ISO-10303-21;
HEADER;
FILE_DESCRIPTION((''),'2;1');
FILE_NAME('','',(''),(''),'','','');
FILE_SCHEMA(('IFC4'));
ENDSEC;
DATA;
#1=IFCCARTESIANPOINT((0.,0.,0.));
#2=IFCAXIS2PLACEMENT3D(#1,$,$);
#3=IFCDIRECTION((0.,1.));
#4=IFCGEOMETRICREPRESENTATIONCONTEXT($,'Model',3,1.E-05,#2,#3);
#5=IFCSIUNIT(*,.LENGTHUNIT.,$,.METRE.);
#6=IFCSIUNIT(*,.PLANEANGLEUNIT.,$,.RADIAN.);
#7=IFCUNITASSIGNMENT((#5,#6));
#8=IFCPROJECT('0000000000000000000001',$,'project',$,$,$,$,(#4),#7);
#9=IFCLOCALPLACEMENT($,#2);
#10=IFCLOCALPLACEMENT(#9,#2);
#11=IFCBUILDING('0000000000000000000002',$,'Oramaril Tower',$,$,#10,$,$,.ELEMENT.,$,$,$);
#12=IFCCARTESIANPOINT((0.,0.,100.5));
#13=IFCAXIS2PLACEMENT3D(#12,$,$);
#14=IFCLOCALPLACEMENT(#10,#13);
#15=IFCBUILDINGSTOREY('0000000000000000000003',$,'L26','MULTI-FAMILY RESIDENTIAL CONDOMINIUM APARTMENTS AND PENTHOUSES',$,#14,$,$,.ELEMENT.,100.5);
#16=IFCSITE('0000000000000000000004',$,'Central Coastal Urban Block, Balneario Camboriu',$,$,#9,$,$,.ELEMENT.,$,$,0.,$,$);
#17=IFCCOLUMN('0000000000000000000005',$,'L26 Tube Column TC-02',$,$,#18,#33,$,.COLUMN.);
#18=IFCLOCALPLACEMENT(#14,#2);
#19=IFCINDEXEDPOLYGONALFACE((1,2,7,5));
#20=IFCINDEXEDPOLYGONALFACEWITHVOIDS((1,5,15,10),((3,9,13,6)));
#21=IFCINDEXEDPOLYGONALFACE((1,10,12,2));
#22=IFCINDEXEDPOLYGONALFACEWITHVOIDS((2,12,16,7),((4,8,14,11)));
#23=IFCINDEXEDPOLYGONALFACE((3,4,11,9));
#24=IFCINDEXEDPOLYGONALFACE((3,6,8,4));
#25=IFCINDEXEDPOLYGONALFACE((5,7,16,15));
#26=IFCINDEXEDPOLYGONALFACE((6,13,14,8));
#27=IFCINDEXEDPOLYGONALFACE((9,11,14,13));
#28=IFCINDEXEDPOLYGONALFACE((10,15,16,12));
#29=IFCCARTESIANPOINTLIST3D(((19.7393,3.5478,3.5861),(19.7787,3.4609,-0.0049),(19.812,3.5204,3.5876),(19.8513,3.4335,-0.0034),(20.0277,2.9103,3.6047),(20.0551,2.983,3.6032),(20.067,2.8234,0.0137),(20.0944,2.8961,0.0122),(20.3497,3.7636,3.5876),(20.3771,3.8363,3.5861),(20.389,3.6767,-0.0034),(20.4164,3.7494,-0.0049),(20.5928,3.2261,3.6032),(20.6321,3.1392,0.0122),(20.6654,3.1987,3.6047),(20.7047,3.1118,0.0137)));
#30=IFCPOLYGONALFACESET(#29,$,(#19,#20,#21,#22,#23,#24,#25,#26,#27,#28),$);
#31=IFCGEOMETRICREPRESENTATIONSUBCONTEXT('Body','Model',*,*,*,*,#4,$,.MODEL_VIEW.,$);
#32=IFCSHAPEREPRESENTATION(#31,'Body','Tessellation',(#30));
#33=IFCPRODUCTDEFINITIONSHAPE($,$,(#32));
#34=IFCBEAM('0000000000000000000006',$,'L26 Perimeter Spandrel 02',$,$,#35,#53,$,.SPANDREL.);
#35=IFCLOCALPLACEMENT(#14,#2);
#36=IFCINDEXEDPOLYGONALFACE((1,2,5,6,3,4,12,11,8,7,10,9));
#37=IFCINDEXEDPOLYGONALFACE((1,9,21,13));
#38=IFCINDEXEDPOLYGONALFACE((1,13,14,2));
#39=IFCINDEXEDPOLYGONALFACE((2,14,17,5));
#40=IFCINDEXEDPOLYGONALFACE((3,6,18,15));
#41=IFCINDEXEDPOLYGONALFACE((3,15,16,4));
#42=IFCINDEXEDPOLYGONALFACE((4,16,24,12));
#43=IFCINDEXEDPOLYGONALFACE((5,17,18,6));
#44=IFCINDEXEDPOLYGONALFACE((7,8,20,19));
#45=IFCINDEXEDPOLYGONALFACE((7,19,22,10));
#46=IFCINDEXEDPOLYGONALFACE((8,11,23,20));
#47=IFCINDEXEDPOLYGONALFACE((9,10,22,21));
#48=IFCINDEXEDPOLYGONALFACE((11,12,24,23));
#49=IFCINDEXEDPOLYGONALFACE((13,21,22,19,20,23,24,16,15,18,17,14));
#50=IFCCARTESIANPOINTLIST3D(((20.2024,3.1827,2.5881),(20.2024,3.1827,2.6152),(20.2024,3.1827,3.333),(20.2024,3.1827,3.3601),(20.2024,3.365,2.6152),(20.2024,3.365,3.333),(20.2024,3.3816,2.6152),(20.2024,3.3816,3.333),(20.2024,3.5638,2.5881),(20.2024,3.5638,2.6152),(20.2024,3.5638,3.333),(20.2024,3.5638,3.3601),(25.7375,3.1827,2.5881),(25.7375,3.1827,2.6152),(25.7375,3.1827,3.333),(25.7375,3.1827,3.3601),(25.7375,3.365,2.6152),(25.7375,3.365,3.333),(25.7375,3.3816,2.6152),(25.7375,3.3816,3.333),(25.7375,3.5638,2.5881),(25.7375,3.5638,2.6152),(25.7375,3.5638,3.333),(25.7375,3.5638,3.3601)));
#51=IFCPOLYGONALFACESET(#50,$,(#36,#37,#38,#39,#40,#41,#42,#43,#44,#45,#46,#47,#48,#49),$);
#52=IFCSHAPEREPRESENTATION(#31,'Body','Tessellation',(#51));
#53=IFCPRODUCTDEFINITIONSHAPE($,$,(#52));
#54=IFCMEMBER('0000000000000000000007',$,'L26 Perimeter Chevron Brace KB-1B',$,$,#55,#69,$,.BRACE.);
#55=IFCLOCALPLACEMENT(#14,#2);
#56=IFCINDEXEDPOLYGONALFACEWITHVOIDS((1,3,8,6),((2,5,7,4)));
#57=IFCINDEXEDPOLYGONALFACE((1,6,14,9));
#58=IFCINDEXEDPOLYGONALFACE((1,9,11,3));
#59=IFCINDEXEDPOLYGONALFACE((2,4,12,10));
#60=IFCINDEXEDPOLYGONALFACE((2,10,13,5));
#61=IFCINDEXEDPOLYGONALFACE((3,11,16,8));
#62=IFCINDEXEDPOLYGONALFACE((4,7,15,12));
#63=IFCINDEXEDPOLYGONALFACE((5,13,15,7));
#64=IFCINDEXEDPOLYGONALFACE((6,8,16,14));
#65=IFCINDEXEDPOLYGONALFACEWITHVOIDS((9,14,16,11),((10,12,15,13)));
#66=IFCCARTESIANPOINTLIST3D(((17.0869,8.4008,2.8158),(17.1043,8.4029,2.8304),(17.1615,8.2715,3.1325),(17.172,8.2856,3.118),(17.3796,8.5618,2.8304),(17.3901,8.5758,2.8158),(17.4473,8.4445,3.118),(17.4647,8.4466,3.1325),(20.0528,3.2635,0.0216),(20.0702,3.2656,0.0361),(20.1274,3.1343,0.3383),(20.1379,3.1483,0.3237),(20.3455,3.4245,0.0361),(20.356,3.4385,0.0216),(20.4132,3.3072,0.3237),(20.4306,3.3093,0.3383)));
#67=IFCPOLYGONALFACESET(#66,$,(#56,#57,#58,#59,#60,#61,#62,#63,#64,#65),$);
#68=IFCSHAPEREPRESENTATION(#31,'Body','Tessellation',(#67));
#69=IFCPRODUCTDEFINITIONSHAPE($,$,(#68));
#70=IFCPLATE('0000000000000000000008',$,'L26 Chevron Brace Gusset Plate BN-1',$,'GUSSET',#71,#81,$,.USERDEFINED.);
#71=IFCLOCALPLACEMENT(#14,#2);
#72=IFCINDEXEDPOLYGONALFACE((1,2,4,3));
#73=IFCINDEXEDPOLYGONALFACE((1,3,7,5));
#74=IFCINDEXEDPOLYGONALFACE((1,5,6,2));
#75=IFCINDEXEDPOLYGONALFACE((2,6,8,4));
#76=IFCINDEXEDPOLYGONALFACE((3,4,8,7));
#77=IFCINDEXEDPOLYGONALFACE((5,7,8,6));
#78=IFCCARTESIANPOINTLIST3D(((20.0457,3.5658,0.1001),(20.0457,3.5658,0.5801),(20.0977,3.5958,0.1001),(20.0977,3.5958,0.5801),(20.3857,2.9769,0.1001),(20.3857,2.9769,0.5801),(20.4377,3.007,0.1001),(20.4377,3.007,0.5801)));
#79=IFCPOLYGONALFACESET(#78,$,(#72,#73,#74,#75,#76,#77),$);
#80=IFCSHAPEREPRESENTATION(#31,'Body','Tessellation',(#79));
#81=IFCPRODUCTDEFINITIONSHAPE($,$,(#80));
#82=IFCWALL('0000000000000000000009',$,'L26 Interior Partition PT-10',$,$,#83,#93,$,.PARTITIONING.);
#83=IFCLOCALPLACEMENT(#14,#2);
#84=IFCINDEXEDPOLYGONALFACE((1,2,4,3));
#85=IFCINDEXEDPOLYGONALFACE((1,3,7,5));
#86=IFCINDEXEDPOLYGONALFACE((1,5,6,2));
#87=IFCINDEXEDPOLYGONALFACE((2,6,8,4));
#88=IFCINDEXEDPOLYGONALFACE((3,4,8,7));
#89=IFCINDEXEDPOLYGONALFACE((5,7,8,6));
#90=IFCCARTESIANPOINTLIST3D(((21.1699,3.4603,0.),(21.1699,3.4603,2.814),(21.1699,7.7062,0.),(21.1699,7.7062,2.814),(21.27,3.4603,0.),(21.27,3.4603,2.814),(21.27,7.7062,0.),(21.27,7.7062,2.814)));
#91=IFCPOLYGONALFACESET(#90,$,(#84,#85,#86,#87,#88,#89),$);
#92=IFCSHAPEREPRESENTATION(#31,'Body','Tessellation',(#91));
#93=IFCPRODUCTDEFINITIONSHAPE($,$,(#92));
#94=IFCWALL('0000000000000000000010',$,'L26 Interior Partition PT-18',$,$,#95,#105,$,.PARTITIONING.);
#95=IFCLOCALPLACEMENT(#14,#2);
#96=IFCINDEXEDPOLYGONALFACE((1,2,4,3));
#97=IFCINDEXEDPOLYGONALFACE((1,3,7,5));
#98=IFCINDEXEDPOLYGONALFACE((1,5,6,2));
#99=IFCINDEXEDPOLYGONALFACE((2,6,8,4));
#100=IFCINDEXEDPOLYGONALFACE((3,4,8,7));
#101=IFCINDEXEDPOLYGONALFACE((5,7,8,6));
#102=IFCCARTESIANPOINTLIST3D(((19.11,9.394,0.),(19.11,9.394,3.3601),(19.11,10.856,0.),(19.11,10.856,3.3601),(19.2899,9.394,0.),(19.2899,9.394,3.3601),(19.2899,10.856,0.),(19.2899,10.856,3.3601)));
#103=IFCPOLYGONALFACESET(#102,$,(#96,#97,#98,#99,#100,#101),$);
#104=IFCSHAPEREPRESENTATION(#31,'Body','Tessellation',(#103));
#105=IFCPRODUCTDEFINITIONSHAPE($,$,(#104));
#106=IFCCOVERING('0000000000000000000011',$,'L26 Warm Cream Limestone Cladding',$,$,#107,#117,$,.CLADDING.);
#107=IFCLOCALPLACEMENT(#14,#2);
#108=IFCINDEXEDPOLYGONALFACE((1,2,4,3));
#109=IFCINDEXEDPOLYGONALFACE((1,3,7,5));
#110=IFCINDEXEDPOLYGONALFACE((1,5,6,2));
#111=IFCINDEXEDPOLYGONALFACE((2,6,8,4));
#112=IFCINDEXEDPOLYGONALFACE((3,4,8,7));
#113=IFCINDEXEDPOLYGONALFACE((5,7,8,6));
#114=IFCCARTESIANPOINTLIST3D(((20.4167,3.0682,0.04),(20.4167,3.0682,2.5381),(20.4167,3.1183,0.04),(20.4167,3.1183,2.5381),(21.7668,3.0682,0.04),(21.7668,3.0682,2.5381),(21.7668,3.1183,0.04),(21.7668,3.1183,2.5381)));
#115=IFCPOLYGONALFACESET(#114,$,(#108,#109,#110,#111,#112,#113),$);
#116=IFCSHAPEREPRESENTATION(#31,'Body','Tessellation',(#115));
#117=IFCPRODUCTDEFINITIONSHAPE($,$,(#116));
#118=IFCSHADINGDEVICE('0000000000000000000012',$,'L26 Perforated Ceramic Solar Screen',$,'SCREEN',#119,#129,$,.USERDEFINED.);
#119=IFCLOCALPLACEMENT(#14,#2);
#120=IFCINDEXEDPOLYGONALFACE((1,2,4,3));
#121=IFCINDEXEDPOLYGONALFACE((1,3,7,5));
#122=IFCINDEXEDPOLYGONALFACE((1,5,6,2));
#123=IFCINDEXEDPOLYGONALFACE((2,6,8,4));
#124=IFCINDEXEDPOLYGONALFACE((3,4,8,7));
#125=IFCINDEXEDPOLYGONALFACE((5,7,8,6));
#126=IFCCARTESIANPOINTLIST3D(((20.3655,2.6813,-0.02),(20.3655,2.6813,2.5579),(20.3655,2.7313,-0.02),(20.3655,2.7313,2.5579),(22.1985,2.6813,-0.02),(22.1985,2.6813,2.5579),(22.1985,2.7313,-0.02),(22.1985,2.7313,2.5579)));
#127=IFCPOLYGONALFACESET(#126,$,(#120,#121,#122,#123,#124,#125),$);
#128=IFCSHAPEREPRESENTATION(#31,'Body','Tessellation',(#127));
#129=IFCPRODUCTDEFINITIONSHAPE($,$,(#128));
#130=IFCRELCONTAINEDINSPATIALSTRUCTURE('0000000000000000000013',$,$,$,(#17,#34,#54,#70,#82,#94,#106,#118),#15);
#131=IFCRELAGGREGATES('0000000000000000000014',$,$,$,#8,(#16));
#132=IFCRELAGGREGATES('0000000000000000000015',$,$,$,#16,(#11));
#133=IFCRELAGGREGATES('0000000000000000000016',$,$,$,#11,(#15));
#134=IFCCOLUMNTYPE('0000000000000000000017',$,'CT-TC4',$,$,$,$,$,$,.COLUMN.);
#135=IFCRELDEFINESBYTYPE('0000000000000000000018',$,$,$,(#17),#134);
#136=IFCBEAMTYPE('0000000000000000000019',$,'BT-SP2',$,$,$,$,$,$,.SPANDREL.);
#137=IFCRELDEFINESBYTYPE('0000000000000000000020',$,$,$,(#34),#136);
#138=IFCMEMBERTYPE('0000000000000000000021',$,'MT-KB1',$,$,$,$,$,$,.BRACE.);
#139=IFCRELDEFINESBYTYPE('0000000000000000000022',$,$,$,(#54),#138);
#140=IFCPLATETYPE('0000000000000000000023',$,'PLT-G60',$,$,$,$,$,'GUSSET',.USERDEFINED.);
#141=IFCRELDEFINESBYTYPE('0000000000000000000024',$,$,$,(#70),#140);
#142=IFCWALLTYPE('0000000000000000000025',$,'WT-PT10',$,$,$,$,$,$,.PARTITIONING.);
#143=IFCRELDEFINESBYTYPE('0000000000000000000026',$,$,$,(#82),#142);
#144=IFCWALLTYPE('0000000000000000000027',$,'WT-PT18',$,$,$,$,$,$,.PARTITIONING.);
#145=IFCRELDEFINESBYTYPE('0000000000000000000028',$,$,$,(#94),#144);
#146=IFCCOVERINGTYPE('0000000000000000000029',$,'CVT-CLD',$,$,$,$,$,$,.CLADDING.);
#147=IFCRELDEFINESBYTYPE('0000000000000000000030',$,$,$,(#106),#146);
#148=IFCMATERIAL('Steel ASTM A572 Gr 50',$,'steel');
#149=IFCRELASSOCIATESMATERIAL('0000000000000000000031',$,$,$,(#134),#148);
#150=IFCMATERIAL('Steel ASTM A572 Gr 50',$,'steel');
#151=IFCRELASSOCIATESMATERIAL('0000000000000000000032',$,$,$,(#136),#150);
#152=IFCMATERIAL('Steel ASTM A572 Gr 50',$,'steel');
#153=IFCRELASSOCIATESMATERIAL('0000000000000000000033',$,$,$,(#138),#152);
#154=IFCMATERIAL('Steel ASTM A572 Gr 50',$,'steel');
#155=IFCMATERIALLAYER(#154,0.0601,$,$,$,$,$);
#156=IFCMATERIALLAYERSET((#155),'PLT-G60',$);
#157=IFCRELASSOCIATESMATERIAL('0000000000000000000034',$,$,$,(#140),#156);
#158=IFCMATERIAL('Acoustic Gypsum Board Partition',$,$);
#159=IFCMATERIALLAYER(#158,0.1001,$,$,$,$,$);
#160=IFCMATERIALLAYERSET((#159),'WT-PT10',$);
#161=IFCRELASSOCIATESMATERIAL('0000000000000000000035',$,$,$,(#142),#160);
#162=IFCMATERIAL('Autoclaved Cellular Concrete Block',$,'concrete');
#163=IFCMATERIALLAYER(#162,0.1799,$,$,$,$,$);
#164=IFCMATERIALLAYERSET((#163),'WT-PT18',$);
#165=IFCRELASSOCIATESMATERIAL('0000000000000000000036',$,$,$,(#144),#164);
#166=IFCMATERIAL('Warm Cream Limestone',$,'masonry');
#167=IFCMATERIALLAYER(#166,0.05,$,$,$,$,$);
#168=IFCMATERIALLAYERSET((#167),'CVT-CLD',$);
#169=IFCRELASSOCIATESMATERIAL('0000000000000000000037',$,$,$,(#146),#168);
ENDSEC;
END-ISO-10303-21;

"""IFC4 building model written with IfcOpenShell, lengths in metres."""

from ifc_helpers import new_model, si_unit, direction, frame, frame_2d, origin, origin_2d, place, context, subcontext, project, spatial, rectangle, hollow_rectangle, i_section, extrude, material, layer, layer_set, material_profile, profile_set, type_object, element, save


model = new_model("IFC4")

# Units and contexts
model_context = context("Model", 3, precision=1e-05, world=origin(), true_north=direction((0.0, 1.0)))
body_context = subcontext(model_context, "Body", "Model", "MODEL_VIEW")
ifc_project = project(units=[si_unit("LENGTHUNIT", "METRE"), si_unit("PLANEANGLEUNIT", "RADIAN")], contexts=[model_context])

# Site, building, storey
site_placement = place(None, origin())
site = spatial("IfcSite", under=ifc_project, at=site_placement, Name="Central Coastal Urban Block, Balneario Camboriu", CompositionType="ELEMENT", RefElevation=0.0)
building_placement = place(site_placement, origin())
building = spatial("IfcBuilding", under=site, at=building_placement, Name="Oramaril Tower", CompositionType="ELEMENT")
storey_placement = place(building_placement, frame((0.0, 0.0, 100.5)))
storey = spatial("IfcBuildingStorey", under=building, at=storey_placement, Name="L26", Description="MULTI-FAMILY RESIDENTIAL CONDOMINIUM APARTMENTS AND PENTHOUSES", CompositionType="ELEMENT", Elevation=100.5)

# Column
ifc_material_1 = material(Name="Steel ASTM A572 Gr 50", Category="steel")
ifc_material_profile_1 = material_profile(ifc_material_1, hollow_rectangle(XDim=0.7, YDim=0.7, WallThickness=0.0549, at=origin_2d()), Name="BOX700X700X55")
ifc_profile_set_1 = profile_set([ifc_material_profile_1], Name="Steel ASTM A572 Gr 50")
column_type = type_object("IfcColumnType", Name="CT-TC4", PredefinedType="COLUMN", material=ifc_profile_set_1)
column_placement = place(storey_placement, frame((20.2417, 3.2864, 0.0044), z_axis=(-0.010942, 0.024194, 0.999647), x_axis=(-0.911154, -0.412067, 0.0)))
element("IfcColumn", 1, at=column_placement, inside=storey, type_object=column_type, Name="L26 Tube Column TC-02", PredefinedType="COLUMN", context=body_context, shape_type="SweptSolid", body=[
    extrude(hollow_rectangle(XDim=0.7, YDim=0.7, WallThickness=0.0549, at=origin_2d()), origin(), (0.0, 0.0, 1.0), 3.5923),
])

# Beam
ifc_material_2 = material(Name="Steel ASTM A572 Gr 50", Category="steel")
ifc_material_profile_2 = material_profile(ifc_material_2, i_section(OverallWidth=0.3811, OverallDepth=0.772, WebThickness=0.0166, FlangeThickness=0.0271, at=origin_2d()), Name="W30X173")
ifc_profile_set_2 = profile_set([ifc_material_profile_2], Name="Steel ASTM A572 Gr 50")
beam_type = type_object("IfcBeamType", Name="BT-SP2", PredefinedType="SPANDREL", material=ifc_profile_set_2)
beam_placement = place(storey_placement, frame((20.2024, 3.3733, 2.9741), z_axis=(1.0, 0.0, 0.0), x_axis=(0.0, 1.0, 0.0)))
element("IfcBeam", 2, at=beam_placement, inside=storey, type_object=beam_type, Name="L26 Perimeter Spandrel 02", PredefinedType="SPANDREL", context=body_context, shape_type="SweptSolid", body=[
    extrude(i_section(OverallWidth=0.3811, OverallDepth=0.772, WebThickness=0.0166, FlangeThickness=0.0271, at=origin_2d()), origin(), (0.0, 0.0, 1.0), 5.5352),
])

# Member
ifc_material_3 = material(Name="Steel ASTM A572 Gr 50", Category="steel")
ifc_material_profile_3 = material_profile(ifc_material_3, hollow_rectangle(XDim=0.3501, YDim=0.3501, WallThickness=0.0161, at=origin_2d()), Name="HSS350X350X16")
ifc_profile_set_3 = profile_set([ifc_material_profile_3], Name="Steel ASTM A572 Gr 50")
member_type = type_object("IfcMemberType", Name="MT-KB1", PredefinedType="BRACE", material=ifc_profile_set_3)
member_placement = place(storey_placement, frame((20.2417, 3.2864, 0.1799), z_axis=(-0.452312, 0.783467, 0.426137), x_axis=(-0.866036, -0.499981, 0.0)))
element("IfcMember", 3, at=member_placement, inside=storey, type_object=member_type, Name="L26 Perimeter Chevron Brace KB-1B", PredefinedType="BRACE", context=body_context, shape_type="SweptSolid", body=[
    extrude(hollow_rectangle(XDim=0.3501, YDim=0.3501, WallThickness=0.0161, at=origin_2d()), origin(), (0.0, 0.0, 1.0), 6.5571),
])

# Plate
ifc_material_4 = material(Name="Steel ASTM A572 Gr 50", Category="steel")
ifc_layer_1 = layer(ifc_material_4, 0.0601)
ifc_layer_set_1 = layer_set([ifc_layer_1], Name="PLT-G60")
plate_type = type_object("IfcPlateType", Name="PLT-G60", ElementType="GUSSET", PredefinedType="USERDEFINED", material=ifc_layer_set_1)
plate_placement = place(storey_placement, frame((20.2417, 3.2864, 0.1001), z_axis=(0.0, 0.0, 1.0), x_axis=(0.499998, -0.866026, 0.0)))
element("IfcPlate", 4, at=plate_placement, inside=storey, type_object=plate_type, Name="L26 Chevron Brace Gusset Plate BN-1", ObjectType="GUSSET", PredefinedType="USERDEFINED", context=body_context, shape_type="SweptSolid", body=[
    extrude(rectangle(XDim=0.6799, YDim=0.0601, at=origin_2d()), origin(), (0.0, 0.0, 1.0), 0.48),
])

# Walls
ifc_material_5 = material(Name="Acoustic Gypsum Board Partition")
ifc_layer_2 = layer(ifc_material_5, 0.1001)
ifc_layer_set_2 = layer_set([ifc_layer_2], Name="WT-PT10")
wall_type_1 = type_object("IfcWallType", Name="WT-PT10", PredefinedType="PARTITIONING", material=ifc_layer_set_2)
wall_1_placement = place(storey_placement, frame((21.22, 3.4602, 0.0), z_axis=(0.0, 0.0, 1.0), x_axis=(0.0, 1.0, 0.0)))
element("IfcWall", 5, at=wall_1_placement, inside=storey, type_object=wall_type_1, Name="L26 Interior Partition PT-10", PredefinedType="PARTITIONING", context=body_context, shape_type="SweptSolid", body=[
    extrude(rectangle(XDim=4.2458, YDim=0.1001, at=frame_2d((2.123, 0.0))), origin(), (0.0, 0.0, 1.0), 2.814),
])
ifc_material_6 = material(Name="Autoclaved Cellular Concrete Block", Category="concrete")
ifc_layer_3 = layer(ifc_material_6, 0.1799)
ifc_layer_set_3 = layer_set([ifc_layer_3], Name="WT-PT18")
wall_type_2 = type_object("IfcWallType", Name="WT-PT18", PredefinedType="PARTITIONING", material=ifc_layer_set_3)
wall_2_placement = place(storey_placement, frame((19.2, 9.394, 0.0), z_axis=(0.0, 0.0, 1.0), x_axis=(0.0, 1.0, 0.0)))
element("IfcWall", 6, at=wall_2_placement, inside=storey, type_object=wall_type_2, Name="L26 Interior Partition PT-18", PredefinedType="PARTITIONING", context=body_context, shape_type="SweptSolid", body=[
    extrude(rectangle(XDim=1.4619, YDim=0.1799, at=frame_2d((0.731, 0.0))), origin(), (0.0, 0.0, 1.0), 3.3601),
])

# Covering
ifc_material_7 = material(Name="Warm Cream Limestone", Category="masonry")
ifc_layer_4 = layer(ifc_material_7, 0.05)
ifc_layer_set_4 = layer_set([ifc_layer_4], Name="CVT-CLD")
covering_type = type_object("IfcCoveringType", Name="CVT-CLD", PredefinedType="CLADDING", material=ifc_layer_set_4)
covering_placement = place(storey_placement, frame((21.0918, 3.0933, 0.04), z_axis=(0.0, 0.0, 1.0), x_axis=(1.0, 0.0, 0.0)))
element("IfcCovering", 7, at=covering_placement, inside=storey, type_object=covering_type, Name="L26 Warm Cream Limestone Cladding", PredefinedType="CLADDING", context=body_context, shape_type="SweptSolid", body=[
    extrude(rectangle(XDim=1.3501, YDim=0.05, at=origin_2d()), origin(), (0.0, 0.0, 1.0), 2.498),
])

# Shading device
shading_device_placement = place(storey_placement, frame((21.282, 2.7063, -0.02), z_axis=(0.0, 0.0, 1.0), x_axis=(1.0, 0.0, 0.0)))
element("IfcShadingDevice", 8, at=shading_device_placement, inside=storey, Name="L26 Perforated Ceramic Solar Screen", ObjectType="SCREEN", PredefinedType="USERDEFINED", context=body_context, shape_type="SweptSolid", body=[
    extrude(rectangle(XDim=1.833, YDim=0.05, at=origin_2d()), origin(), (0.0, 0.0, 1.0), 2.5779),
])

save(model, "model.ifc")
